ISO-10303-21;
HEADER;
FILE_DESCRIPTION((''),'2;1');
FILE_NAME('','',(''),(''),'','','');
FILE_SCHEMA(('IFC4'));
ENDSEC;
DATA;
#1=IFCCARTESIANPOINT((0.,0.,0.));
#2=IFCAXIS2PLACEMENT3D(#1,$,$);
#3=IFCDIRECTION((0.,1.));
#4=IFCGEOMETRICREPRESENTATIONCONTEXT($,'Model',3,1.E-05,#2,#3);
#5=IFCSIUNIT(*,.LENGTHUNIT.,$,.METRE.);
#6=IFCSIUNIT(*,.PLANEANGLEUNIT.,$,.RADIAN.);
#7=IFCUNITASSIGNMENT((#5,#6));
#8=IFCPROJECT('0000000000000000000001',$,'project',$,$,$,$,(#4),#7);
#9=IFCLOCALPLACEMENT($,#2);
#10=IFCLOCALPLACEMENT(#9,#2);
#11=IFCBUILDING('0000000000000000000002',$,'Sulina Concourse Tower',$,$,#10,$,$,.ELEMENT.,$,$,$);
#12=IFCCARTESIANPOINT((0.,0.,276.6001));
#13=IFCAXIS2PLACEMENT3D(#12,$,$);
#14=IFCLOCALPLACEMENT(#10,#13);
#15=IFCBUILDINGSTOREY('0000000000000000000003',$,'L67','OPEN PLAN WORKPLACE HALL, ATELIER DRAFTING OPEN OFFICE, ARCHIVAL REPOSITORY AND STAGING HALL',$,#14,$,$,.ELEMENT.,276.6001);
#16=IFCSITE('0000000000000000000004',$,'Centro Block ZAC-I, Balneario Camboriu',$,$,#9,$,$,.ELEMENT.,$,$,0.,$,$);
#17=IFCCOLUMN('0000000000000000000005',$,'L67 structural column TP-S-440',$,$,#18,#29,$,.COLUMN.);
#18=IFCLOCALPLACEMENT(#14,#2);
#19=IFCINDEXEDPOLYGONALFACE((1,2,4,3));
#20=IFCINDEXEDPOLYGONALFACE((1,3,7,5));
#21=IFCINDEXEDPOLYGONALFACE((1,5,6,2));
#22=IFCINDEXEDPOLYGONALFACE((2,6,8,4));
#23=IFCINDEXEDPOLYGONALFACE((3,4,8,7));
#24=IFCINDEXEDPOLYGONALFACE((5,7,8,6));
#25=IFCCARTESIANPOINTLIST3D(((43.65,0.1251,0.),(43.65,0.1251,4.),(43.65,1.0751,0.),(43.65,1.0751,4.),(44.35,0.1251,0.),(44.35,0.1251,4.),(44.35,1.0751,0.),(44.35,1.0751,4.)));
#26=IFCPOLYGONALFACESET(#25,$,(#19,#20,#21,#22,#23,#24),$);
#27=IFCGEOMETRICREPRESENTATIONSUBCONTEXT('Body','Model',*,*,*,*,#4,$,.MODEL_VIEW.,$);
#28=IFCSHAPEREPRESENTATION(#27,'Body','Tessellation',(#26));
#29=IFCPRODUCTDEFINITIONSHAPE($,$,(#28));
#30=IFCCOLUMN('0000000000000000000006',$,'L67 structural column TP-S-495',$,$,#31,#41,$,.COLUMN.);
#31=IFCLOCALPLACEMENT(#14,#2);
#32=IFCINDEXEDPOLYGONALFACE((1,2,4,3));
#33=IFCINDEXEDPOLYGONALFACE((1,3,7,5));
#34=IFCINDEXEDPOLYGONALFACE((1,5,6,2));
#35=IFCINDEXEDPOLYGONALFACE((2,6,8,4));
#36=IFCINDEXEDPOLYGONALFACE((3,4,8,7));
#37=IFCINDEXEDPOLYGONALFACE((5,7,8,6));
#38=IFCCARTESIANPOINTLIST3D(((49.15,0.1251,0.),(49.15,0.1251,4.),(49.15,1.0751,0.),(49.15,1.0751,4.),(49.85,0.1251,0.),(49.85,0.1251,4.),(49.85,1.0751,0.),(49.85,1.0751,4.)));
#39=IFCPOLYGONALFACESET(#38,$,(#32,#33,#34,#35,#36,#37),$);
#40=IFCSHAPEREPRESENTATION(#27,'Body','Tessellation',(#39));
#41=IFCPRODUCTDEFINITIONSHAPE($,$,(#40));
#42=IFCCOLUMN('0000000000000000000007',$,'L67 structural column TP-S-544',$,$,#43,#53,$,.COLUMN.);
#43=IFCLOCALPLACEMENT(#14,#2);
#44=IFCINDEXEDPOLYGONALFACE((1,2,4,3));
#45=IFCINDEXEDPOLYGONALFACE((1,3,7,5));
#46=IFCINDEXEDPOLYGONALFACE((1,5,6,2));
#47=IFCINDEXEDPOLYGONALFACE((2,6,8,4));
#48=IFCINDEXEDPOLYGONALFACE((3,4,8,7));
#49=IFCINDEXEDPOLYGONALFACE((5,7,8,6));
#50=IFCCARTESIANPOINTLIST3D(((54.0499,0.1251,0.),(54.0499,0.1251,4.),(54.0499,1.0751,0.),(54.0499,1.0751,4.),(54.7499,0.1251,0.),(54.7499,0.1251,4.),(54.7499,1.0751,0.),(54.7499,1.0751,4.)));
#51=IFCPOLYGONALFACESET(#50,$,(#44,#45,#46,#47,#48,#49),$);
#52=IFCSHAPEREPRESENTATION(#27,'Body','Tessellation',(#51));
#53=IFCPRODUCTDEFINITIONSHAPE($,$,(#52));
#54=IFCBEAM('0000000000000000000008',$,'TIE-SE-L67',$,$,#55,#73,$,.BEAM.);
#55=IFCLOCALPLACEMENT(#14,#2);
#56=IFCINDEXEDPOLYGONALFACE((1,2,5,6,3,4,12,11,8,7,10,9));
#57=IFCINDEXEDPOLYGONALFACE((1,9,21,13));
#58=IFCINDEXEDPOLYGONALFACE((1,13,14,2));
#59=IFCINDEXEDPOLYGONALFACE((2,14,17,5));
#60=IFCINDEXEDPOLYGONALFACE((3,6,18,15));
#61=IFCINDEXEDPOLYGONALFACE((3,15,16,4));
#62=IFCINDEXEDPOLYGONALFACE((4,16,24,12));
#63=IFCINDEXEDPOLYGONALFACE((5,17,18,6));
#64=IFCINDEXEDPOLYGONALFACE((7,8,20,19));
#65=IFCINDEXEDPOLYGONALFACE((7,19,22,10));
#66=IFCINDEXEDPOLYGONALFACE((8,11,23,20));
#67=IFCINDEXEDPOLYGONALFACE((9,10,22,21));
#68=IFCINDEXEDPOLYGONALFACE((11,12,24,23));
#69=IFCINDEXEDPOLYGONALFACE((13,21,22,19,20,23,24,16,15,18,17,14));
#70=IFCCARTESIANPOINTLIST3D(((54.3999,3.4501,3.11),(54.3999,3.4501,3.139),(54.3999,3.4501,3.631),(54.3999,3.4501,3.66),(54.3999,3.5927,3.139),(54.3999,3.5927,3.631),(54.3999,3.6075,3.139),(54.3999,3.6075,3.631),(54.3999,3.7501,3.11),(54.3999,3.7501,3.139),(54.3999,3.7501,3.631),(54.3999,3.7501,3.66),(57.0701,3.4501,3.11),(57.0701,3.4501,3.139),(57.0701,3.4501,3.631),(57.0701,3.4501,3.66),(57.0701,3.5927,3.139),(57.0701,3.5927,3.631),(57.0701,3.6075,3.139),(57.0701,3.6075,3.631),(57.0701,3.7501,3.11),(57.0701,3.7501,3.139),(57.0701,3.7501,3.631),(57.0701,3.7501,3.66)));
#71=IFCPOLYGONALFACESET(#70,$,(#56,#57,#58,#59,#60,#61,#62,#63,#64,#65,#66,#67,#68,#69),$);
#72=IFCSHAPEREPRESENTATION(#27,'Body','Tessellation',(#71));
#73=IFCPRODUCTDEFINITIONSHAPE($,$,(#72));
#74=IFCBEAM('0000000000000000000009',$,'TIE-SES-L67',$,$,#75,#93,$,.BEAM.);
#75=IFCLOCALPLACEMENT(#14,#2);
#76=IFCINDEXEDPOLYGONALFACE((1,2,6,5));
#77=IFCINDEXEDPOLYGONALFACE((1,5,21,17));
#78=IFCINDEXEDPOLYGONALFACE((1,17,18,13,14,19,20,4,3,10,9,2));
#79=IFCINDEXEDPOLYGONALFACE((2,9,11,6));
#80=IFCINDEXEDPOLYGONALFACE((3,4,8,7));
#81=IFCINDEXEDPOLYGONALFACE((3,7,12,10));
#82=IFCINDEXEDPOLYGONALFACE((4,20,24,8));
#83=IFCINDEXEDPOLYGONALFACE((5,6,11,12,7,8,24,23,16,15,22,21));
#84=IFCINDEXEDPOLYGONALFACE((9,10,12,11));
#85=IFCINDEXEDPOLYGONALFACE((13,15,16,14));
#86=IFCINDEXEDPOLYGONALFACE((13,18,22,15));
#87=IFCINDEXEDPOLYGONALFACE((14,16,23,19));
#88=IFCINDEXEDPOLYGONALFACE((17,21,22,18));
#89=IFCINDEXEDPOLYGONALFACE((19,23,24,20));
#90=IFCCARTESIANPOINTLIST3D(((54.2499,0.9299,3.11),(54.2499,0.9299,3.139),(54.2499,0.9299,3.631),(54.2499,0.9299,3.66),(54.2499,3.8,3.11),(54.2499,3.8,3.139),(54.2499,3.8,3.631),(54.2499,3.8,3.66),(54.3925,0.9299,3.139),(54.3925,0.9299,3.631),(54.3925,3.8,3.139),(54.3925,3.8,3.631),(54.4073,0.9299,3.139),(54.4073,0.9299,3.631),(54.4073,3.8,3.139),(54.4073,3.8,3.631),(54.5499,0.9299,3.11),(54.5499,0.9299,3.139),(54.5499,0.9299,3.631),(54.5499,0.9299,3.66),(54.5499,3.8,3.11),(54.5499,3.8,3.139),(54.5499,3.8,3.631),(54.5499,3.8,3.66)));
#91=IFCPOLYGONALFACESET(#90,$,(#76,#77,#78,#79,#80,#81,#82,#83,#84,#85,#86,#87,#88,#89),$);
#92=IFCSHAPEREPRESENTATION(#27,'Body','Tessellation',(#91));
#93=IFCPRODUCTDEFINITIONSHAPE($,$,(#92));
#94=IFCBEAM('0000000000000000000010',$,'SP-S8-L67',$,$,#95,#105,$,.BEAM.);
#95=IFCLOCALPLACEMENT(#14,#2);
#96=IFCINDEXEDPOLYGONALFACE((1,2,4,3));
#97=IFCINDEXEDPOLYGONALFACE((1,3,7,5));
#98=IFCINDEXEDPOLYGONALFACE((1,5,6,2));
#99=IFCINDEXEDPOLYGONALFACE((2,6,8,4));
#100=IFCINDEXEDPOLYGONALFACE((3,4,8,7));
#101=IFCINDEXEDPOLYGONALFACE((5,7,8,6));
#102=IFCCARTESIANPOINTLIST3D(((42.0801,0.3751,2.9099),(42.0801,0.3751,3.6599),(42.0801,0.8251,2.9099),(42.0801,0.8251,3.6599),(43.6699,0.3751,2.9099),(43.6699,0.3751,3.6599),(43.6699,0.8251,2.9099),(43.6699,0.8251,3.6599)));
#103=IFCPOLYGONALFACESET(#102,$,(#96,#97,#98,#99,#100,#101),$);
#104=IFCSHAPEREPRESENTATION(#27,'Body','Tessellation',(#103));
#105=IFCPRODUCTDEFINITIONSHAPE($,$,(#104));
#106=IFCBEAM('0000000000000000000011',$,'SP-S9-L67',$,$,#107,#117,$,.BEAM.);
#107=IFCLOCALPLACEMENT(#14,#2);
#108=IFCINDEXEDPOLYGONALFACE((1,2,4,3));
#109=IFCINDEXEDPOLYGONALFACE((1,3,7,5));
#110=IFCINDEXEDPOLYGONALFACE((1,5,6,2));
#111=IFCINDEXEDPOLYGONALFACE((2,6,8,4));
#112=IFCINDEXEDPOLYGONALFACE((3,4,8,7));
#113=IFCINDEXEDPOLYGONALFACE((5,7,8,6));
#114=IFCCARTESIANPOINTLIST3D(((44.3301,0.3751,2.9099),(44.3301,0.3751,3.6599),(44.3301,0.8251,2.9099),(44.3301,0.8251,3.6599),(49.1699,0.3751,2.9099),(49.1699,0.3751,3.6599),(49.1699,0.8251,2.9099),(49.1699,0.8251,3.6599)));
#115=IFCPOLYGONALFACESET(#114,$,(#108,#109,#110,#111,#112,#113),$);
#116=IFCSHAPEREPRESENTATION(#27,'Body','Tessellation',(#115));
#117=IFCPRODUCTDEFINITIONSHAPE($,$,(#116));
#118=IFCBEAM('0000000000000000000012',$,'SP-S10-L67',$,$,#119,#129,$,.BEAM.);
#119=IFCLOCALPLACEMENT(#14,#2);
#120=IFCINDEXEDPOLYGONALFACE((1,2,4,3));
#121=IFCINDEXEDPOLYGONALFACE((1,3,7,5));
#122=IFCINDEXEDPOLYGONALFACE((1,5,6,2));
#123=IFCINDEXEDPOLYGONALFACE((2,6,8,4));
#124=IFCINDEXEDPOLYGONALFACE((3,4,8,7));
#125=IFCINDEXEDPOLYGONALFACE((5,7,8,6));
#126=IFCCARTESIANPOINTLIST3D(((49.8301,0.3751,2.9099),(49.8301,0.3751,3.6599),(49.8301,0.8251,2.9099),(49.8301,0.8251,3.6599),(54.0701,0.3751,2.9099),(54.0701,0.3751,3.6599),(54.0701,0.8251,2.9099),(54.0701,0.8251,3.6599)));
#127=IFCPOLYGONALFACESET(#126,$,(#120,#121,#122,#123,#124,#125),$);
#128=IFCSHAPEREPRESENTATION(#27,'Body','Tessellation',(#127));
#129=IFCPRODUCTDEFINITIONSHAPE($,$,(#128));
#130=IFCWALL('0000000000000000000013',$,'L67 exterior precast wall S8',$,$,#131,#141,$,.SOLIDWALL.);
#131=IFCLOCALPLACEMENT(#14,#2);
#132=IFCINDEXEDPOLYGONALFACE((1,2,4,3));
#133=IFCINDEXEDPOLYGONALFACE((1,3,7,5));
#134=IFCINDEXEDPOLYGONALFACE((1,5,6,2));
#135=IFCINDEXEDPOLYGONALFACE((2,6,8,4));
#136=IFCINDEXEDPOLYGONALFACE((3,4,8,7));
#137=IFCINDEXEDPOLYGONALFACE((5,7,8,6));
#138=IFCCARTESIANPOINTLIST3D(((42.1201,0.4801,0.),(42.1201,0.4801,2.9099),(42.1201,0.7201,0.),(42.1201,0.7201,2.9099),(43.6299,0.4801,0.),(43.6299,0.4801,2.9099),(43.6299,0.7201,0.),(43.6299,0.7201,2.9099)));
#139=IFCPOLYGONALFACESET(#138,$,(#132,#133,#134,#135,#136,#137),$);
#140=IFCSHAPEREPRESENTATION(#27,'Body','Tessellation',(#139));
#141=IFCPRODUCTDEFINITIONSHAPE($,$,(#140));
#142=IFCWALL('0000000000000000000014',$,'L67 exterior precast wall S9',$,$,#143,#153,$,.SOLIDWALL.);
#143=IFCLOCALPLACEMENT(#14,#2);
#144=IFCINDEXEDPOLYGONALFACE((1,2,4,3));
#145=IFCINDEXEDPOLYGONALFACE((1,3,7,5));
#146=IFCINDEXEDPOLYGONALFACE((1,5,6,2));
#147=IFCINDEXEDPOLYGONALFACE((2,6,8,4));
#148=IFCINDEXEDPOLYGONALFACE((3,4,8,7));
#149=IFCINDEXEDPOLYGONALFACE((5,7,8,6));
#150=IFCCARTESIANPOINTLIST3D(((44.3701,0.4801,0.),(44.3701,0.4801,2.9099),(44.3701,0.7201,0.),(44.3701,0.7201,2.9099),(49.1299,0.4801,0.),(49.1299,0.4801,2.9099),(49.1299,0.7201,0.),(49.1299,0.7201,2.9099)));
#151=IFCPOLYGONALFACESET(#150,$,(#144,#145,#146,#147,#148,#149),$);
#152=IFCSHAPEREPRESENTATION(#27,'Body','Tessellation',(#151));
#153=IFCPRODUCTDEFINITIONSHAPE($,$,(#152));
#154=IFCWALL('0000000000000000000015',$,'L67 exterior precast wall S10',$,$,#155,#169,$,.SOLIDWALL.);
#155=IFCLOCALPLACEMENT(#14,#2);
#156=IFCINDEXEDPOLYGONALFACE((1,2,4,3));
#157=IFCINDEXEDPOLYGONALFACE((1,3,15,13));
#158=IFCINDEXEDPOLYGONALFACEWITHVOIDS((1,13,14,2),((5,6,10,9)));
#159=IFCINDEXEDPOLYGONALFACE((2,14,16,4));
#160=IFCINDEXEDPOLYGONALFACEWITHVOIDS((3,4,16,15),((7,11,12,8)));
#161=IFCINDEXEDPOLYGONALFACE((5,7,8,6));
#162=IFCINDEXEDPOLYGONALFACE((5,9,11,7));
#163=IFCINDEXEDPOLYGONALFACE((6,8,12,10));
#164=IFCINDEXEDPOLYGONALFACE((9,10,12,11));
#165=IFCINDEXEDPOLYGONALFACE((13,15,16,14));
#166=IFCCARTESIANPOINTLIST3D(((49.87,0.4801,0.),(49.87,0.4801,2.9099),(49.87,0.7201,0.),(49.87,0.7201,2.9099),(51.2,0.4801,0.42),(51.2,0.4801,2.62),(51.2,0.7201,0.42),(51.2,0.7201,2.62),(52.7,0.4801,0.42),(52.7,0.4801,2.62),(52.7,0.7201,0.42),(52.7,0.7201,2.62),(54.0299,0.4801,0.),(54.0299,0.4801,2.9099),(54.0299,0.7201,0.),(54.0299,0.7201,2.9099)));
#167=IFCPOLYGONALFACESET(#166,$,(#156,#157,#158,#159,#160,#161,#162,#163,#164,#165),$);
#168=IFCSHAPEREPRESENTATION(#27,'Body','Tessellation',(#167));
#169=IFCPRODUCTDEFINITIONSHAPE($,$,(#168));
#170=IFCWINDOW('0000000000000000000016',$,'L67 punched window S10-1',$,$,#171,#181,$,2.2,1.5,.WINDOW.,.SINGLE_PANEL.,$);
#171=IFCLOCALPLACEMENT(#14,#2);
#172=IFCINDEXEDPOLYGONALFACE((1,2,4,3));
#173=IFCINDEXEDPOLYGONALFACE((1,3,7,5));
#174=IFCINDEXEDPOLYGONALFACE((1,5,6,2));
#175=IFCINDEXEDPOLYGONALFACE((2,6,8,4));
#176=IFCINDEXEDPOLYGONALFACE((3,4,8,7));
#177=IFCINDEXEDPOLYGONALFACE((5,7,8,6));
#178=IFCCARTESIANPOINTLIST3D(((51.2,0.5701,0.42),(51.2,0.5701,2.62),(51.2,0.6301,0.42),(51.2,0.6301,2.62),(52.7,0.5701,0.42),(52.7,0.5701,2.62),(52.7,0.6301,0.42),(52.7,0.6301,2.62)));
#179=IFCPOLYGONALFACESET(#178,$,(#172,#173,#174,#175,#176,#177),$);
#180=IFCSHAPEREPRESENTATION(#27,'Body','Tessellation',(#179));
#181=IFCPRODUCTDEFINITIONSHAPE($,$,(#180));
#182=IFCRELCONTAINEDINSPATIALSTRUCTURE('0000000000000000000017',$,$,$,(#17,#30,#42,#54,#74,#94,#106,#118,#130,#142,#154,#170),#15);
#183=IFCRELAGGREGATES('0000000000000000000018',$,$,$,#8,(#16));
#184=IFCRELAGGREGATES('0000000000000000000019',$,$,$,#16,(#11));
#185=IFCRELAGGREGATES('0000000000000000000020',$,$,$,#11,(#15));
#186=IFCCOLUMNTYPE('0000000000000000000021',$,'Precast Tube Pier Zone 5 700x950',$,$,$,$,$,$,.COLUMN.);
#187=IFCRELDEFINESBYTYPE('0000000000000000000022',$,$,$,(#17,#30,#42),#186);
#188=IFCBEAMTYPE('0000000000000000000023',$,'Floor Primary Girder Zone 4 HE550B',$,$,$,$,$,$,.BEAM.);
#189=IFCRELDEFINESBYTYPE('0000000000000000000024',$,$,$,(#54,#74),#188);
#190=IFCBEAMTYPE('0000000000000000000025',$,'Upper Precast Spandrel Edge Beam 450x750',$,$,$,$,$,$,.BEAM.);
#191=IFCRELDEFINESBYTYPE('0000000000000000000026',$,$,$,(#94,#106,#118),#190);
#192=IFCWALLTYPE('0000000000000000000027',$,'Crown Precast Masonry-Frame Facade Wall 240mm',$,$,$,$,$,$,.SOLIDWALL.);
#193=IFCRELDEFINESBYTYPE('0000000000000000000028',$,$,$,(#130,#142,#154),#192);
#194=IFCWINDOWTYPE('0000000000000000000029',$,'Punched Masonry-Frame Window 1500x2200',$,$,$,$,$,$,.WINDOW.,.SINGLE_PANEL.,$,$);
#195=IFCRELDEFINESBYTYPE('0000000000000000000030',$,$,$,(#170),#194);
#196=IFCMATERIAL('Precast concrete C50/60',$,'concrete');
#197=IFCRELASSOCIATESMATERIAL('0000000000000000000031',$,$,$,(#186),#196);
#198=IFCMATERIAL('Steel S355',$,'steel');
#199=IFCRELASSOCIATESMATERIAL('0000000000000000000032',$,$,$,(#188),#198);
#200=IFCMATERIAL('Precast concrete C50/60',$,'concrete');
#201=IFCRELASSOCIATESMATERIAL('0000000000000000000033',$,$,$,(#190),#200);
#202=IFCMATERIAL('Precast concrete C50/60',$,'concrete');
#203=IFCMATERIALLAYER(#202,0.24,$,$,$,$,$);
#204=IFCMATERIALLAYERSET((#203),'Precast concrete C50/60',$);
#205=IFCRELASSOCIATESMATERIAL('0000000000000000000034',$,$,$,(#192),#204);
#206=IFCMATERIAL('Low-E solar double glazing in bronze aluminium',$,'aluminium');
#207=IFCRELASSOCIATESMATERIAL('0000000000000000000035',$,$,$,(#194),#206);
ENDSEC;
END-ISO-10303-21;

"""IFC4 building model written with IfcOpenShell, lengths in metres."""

from ifc_helpers import new_model, si_unit, direction, frame, frame_2d, origin, origin_2d, place, context, subcontext, project, spatial, rectangle, i_section, extrude, material, layer, layer_set, material_profile, profile_set, type_object, element, fill, save


model = new_model("IFC4")

# Units and contexts
model_context = context("Model", 3, precision=1e-05, world=origin(), true_north=direction((0.0, 1.0)))
body_context = subcontext(model_context, "Body", "Model", "MODEL_VIEW")
ifc_project = project(units=[si_unit("LENGTHUNIT", "METRE"), si_unit("PLANEANGLEUNIT", "RADIAN")], contexts=[model_context])

# Site, building, storey
site_placement = place(None, origin())
site = spatial("IfcSite", under=ifc_project, at=site_placement, Name="Centro Block ZAC-I, Balneario Camboriu", CompositionType="ELEMENT", RefElevation=0.0)
building_placement = place(site_placement, origin())
building = spatial("IfcBuilding", under=site, at=building_placement, Name="Sulina Concourse Tower", CompositionType="ELEMENT")
storey_placement = place(building_placement, frame((0.0, 0.0, 276.6001)))
storey = spatial("IfcBuildingStorey", under=building, at=storey_placement, Name="L67", Description="OPEN PLAN WORKPLACE HALL, ATELIER DRAFTING OPEN OFFICE, ARCHIVAL REPOSITORY AND STAGING HALL", CompositionType="ELEMENT", Elevation=276.6001)

# Columns
ifc_material_1 = material(Name="Precast concrete C50/60", Category="concrete")
ifc_material_profile_1 = material_profile(ifc_material_1, rectangle(XDim=0.7, YDim=0.95, at=origin_2d()), Name="PC 700x950")
ifc_profile_set_1 = profile_set([ifc_material_profile_1], Name="Precast concrete C50/60")
column_type = type_object("IfcColumnType", Name="Precast Tube Pier Zone 5 700x950", PredefinedType="COLUMN", material=ifc_profile_set_1)
for number, where, z_axis, x_axis, name in (
    (1, (44.0, 0.6001, 0.0), (0.0, 0.0, 1.0), (1.0, 0.0, 0.0), "L67 structural column TP-S-440"),
    (2, (49.5, 0.6001, 0.0), (0.0, 0.0, 1.0), (1.0, 0.0, 0.0), "L67 structural column TP-S-495"),
    (3, (54.3999, 0.6001, 0.0), (0.0, 0.0, 1.0), (1.0, 0.0, 0.0), "L67 structural column TP-S-544"),
):
    element("IfcColumn", number, at=place(storey_placement, frame(where, z_axis=z_axis, x_axis=x_axis)), inside=storey, type_object=column_type, Name=name, PredefinedType="COLUMN", context=body_context, shape_type="SweptSolid", body=[
        extrude(rectangle(XDim=0.7, YDim=0.95, at=origin_2d()), origin(), (0.0, 0.0, 1.0), 4.0),
    ])

# Beams
ifc_material_2 = material(Name="Steel S355", Category="steel")
ifc_material_profile_2 = material_profile(ifc_material_2, i_section(OverallWidth=0.3, OverallDepth=0.55, WebThickness=0.0149, FlangeThickness=0.0291, at=origin_2d()), Name="HE 550 B")
ifc_profile_set_2 = profile_set([ifc_material_profile_2], Name="Steel S355")
beam_type_1 = type_object("IfcBeamType", Name="Floor Primary Girder Zone 4 HE550B", PredefinedType="BEAM", material=ifc_profile_set_2)
beam_1_placement = place(storey_placement, frame((54.3999, 3.6001, 3.385), z_axis=(1.0, 0.0, 0.0), x_axis=(0.0, 1.0, 0.0)))
element("IfcBeam", 4, at=beam_1_placement, inside=storey, type_object=beam_type_1, Name="TIE-SE-L67", PredefinedType="BEAM", context=body_context, shape_type="SweptSolid", body=[
    extrude(i_section(OverallWidth=0.3, OverallDepth=0.55, WebThickness=0.0149, FlangeThickness=0.0291, at=origin_2d()), origin(), (0.0, 0.0, 1.0), 2.6702),
])
beam_2_placement = place(storey_placement, frame((54.3999, 0.9299, 3.385), z_axis=(0.0, 1.0, 0.0), x_axis=(-1.0, 0.0, 0.0)))
element("IfcBeam", 5, at=beam_2_placement, inside=storey, type_object=beam_type_1, Name="TIE-SES-L67", PredefinedType="BEAM", context=body_context, shape_type="SweptSolid", body=[
    extrude(i_section(OverallWidth=0.3, OverallDepth=0.55, WebThickness=0.0149, FlangeThickness=0.0291, at=origin_2d()), origin(), (0.0, 0.0, 1.0), 2.8701),
])
ifc_material_3 = material(Name="Precast concrete C50/60", Category="concrete")
ifc_material_profile_3 = material_profile(ifc_material_3, rectangle(XDim=0.45, YDim=0.75, at=origin_2d()), Name="RC 450x750")
ifc_profile_set_3 = profile_set([ifc_material_profile_3], Name="Precast concrete C50/60")
beam_type_2 = type_object("IfcBeamType", Name="Upper Precast Spandrel Edge Beam 450x750", PredefinedType="BEAM", material=ifc_profile_set_3)
beam_3_placement = place(storey_placement, frame((42.0801, 0.6001, 3.2849), z_axis=(1.0, 0.0, 0.0), x_axis=(0.0, 1.0, 0.0)))
element("IfcBeam", 6, at=beam_3_placement, inside=storey, type_object=beam_type_2, Name="SP-S8-L67", PredefinedType="BEAM", context=body_context, shape_type="SweptSolid", body=[
    extrude(rectangle(XDim=0.45, YDim=0.75, at=origin_2d()), origin(), (0.0, 0.0, 1.0), 1.5898),
])
beam_4_placement = place(storey_placement, frame((44.3301, 0.6001, 3.2849), z_axis=(1.0, 0.0, 0.0), x_axis=(0.0, 1.0, 0.0)))
element("IfcBeam", 7, at=beam_4_placement, inside=storey, type_object=beam_type_2, Name="SP-S9-L67", PredefinedType="BEAM", context=body_context, shape_type="SweptSolid", body=[
    extrude(rectangle(XDim=0.45, YDim=0.75, at=origin_2d()), origin(), (0.0, 0.0, 1.0), 4.8398),
])
beam_5_placement = place(storey_placement, frame((49.8301, 0.6001, 3.2849), z_axis=(1.0, 0.0, 0.0), x_axis=(0.0, 1.0, 0.0)))
element("IfcBeam", 8, at=beam_5_placement, inside=storey, type_object=beam_type_2, Name="SP-S10-L67", PredefinedType="BEAM", context=body_context, shape_type="SweptSolid", body=[
    extrude(rectangle(XDim=0.45, YDim=0.75, at=origin_2d()), origin(), (0.0, 0.0, 1.0), 4.24),
])

# Walls
ifc_material_4 = material(Name="Precast concrete C50/60", Category="concrete")
ifc_layer_1 = layer(ifc_material_4, 0.24)
ifc_layer_set_1 = layer_set([ifc_layer_1], Name="Precast concrete C50/60")
wall_type_1 = type_object("IfcWallType", Name="Crown Precast Masonry-Frame Facade Wall 240mm", PredefinedType="SOLIDWALL", material=ifc_layer_set_1)
wall_1_placement = place(storey_placement, frame((43.6299, 0.6001, 0.0), z_axis=(0.0, 0.0, 1.0), x_axis=(-1.0, 0.0, 0.0)))
element("IfcWall", 9, at=wall_1_placement, inside=storey, type_object=wall_type_1, Name="L67 exterior precast wall S8", PredefinedType="SOLIDWALL", context=body_context, shape_type="SweptSolid", body=[
    extrude(rectangle(XDim=1.5098, YDim=0.24, at=frame_2d((0.7549, 0.0))), origin(), (0.0, 0.0, 1.0), 2.9099),
])
wall_2_placement = place(storey_placement, frame((49.1299, 0.6001, 0.0), z_axis=(0.0, 0.0, 1.0), x_axis=(-1.0, 0.0, 0.0)))
element("IfcWall", 10, at=wall_2_placement, inside=storey, type_object=wall_type_1, Name="L67 exterior precast wall S9", PredefinedType="SOLIDWALL", context=body_context, shape_type="SweptSolid", body=[
    extrude(rectangle(XDim=4.7598, YDim=0.24, at=frame_2d((2.3799, 0.0))), origin(), (0.0, 0.0, 1.0), 2.9099),
])

# Wall, opening, window
wall_3_placement = place(storey_placement, frame((54.03, 0.6001, 0.0), z_axis=(0.0, 0.0, 1.0), x_axis=(-1.0, 0.0, 0.0)))
wall_3 = element("IfcWall", 11, at=wall_3_placement, inside=storey, type_object=wall_type_1, Name="L67 exterior precast wall S10", PredefinedType="SOLIDWALL", context=body_context, shape_type="SweptSolid", body=[
    extrude(rectangle(XDim=4.1599, YDim=0.24, at=frame_2d((2.0801, 0.0))), origin(), (0.0, 0.0, 1.0), 2.9099),
])
opening_placement = place(wall_3_placement, frame((1.3301, 0.0, 0.4199)))
opening = element("IfcOpeningElement", 12, at=opening_placement, cuts=wall_3, PredefinedType="OPENING", context=body_context, shape_type="SweptSolid", body=[
    extrude(rectangle(XDim=1.5, YDim=2.2, at=frame_2d((0.75, 1.1001))), frame((0.0, 0.1299, 0.0), z_axis=(0.0, -1.0, 0.0), x_axis=(1.0, 0.0, 0.0)), (0.0, 0.0, 1.0), 0.26),
])
ifc_material_5 = material(Name="Low-E solar double glazing in bronze aluminium", Category="aluminium")
window_type = type_object("IfcWindowType", Name="Punched Masonry-Frame Window 1500x2200", PartitioningType="SINGLE_PANEL", PredefinedType="WINDOW", material=ifc_material_5)
window_placement = place(opening_placement, origin())
window = element("IfcWindow", 13, at=window_placement, inside=storey, type_object=window_type, Name="L67 punched window S10-1", OverallHeight=2.2, OverallWidth=1.5, PartitioningType="SINGLE_PANEL", PredefinedType="WINDOW", context=body_context, shape_type="SweptSolid", body=[
    extrude(rectangle(XDim=1.5, YDim=2.2, at=frame_2d((0.75, 1.1001))), frame((0.0, 0.03, 0.0), z_axis=(0.0, -1.0, 0.0), x_axis=(1.0, 0.0, 0.0)), (0.0, 0.0, 1.0), 0.0601),
])
fill(opening, window)

save(model, "model.ifc")
